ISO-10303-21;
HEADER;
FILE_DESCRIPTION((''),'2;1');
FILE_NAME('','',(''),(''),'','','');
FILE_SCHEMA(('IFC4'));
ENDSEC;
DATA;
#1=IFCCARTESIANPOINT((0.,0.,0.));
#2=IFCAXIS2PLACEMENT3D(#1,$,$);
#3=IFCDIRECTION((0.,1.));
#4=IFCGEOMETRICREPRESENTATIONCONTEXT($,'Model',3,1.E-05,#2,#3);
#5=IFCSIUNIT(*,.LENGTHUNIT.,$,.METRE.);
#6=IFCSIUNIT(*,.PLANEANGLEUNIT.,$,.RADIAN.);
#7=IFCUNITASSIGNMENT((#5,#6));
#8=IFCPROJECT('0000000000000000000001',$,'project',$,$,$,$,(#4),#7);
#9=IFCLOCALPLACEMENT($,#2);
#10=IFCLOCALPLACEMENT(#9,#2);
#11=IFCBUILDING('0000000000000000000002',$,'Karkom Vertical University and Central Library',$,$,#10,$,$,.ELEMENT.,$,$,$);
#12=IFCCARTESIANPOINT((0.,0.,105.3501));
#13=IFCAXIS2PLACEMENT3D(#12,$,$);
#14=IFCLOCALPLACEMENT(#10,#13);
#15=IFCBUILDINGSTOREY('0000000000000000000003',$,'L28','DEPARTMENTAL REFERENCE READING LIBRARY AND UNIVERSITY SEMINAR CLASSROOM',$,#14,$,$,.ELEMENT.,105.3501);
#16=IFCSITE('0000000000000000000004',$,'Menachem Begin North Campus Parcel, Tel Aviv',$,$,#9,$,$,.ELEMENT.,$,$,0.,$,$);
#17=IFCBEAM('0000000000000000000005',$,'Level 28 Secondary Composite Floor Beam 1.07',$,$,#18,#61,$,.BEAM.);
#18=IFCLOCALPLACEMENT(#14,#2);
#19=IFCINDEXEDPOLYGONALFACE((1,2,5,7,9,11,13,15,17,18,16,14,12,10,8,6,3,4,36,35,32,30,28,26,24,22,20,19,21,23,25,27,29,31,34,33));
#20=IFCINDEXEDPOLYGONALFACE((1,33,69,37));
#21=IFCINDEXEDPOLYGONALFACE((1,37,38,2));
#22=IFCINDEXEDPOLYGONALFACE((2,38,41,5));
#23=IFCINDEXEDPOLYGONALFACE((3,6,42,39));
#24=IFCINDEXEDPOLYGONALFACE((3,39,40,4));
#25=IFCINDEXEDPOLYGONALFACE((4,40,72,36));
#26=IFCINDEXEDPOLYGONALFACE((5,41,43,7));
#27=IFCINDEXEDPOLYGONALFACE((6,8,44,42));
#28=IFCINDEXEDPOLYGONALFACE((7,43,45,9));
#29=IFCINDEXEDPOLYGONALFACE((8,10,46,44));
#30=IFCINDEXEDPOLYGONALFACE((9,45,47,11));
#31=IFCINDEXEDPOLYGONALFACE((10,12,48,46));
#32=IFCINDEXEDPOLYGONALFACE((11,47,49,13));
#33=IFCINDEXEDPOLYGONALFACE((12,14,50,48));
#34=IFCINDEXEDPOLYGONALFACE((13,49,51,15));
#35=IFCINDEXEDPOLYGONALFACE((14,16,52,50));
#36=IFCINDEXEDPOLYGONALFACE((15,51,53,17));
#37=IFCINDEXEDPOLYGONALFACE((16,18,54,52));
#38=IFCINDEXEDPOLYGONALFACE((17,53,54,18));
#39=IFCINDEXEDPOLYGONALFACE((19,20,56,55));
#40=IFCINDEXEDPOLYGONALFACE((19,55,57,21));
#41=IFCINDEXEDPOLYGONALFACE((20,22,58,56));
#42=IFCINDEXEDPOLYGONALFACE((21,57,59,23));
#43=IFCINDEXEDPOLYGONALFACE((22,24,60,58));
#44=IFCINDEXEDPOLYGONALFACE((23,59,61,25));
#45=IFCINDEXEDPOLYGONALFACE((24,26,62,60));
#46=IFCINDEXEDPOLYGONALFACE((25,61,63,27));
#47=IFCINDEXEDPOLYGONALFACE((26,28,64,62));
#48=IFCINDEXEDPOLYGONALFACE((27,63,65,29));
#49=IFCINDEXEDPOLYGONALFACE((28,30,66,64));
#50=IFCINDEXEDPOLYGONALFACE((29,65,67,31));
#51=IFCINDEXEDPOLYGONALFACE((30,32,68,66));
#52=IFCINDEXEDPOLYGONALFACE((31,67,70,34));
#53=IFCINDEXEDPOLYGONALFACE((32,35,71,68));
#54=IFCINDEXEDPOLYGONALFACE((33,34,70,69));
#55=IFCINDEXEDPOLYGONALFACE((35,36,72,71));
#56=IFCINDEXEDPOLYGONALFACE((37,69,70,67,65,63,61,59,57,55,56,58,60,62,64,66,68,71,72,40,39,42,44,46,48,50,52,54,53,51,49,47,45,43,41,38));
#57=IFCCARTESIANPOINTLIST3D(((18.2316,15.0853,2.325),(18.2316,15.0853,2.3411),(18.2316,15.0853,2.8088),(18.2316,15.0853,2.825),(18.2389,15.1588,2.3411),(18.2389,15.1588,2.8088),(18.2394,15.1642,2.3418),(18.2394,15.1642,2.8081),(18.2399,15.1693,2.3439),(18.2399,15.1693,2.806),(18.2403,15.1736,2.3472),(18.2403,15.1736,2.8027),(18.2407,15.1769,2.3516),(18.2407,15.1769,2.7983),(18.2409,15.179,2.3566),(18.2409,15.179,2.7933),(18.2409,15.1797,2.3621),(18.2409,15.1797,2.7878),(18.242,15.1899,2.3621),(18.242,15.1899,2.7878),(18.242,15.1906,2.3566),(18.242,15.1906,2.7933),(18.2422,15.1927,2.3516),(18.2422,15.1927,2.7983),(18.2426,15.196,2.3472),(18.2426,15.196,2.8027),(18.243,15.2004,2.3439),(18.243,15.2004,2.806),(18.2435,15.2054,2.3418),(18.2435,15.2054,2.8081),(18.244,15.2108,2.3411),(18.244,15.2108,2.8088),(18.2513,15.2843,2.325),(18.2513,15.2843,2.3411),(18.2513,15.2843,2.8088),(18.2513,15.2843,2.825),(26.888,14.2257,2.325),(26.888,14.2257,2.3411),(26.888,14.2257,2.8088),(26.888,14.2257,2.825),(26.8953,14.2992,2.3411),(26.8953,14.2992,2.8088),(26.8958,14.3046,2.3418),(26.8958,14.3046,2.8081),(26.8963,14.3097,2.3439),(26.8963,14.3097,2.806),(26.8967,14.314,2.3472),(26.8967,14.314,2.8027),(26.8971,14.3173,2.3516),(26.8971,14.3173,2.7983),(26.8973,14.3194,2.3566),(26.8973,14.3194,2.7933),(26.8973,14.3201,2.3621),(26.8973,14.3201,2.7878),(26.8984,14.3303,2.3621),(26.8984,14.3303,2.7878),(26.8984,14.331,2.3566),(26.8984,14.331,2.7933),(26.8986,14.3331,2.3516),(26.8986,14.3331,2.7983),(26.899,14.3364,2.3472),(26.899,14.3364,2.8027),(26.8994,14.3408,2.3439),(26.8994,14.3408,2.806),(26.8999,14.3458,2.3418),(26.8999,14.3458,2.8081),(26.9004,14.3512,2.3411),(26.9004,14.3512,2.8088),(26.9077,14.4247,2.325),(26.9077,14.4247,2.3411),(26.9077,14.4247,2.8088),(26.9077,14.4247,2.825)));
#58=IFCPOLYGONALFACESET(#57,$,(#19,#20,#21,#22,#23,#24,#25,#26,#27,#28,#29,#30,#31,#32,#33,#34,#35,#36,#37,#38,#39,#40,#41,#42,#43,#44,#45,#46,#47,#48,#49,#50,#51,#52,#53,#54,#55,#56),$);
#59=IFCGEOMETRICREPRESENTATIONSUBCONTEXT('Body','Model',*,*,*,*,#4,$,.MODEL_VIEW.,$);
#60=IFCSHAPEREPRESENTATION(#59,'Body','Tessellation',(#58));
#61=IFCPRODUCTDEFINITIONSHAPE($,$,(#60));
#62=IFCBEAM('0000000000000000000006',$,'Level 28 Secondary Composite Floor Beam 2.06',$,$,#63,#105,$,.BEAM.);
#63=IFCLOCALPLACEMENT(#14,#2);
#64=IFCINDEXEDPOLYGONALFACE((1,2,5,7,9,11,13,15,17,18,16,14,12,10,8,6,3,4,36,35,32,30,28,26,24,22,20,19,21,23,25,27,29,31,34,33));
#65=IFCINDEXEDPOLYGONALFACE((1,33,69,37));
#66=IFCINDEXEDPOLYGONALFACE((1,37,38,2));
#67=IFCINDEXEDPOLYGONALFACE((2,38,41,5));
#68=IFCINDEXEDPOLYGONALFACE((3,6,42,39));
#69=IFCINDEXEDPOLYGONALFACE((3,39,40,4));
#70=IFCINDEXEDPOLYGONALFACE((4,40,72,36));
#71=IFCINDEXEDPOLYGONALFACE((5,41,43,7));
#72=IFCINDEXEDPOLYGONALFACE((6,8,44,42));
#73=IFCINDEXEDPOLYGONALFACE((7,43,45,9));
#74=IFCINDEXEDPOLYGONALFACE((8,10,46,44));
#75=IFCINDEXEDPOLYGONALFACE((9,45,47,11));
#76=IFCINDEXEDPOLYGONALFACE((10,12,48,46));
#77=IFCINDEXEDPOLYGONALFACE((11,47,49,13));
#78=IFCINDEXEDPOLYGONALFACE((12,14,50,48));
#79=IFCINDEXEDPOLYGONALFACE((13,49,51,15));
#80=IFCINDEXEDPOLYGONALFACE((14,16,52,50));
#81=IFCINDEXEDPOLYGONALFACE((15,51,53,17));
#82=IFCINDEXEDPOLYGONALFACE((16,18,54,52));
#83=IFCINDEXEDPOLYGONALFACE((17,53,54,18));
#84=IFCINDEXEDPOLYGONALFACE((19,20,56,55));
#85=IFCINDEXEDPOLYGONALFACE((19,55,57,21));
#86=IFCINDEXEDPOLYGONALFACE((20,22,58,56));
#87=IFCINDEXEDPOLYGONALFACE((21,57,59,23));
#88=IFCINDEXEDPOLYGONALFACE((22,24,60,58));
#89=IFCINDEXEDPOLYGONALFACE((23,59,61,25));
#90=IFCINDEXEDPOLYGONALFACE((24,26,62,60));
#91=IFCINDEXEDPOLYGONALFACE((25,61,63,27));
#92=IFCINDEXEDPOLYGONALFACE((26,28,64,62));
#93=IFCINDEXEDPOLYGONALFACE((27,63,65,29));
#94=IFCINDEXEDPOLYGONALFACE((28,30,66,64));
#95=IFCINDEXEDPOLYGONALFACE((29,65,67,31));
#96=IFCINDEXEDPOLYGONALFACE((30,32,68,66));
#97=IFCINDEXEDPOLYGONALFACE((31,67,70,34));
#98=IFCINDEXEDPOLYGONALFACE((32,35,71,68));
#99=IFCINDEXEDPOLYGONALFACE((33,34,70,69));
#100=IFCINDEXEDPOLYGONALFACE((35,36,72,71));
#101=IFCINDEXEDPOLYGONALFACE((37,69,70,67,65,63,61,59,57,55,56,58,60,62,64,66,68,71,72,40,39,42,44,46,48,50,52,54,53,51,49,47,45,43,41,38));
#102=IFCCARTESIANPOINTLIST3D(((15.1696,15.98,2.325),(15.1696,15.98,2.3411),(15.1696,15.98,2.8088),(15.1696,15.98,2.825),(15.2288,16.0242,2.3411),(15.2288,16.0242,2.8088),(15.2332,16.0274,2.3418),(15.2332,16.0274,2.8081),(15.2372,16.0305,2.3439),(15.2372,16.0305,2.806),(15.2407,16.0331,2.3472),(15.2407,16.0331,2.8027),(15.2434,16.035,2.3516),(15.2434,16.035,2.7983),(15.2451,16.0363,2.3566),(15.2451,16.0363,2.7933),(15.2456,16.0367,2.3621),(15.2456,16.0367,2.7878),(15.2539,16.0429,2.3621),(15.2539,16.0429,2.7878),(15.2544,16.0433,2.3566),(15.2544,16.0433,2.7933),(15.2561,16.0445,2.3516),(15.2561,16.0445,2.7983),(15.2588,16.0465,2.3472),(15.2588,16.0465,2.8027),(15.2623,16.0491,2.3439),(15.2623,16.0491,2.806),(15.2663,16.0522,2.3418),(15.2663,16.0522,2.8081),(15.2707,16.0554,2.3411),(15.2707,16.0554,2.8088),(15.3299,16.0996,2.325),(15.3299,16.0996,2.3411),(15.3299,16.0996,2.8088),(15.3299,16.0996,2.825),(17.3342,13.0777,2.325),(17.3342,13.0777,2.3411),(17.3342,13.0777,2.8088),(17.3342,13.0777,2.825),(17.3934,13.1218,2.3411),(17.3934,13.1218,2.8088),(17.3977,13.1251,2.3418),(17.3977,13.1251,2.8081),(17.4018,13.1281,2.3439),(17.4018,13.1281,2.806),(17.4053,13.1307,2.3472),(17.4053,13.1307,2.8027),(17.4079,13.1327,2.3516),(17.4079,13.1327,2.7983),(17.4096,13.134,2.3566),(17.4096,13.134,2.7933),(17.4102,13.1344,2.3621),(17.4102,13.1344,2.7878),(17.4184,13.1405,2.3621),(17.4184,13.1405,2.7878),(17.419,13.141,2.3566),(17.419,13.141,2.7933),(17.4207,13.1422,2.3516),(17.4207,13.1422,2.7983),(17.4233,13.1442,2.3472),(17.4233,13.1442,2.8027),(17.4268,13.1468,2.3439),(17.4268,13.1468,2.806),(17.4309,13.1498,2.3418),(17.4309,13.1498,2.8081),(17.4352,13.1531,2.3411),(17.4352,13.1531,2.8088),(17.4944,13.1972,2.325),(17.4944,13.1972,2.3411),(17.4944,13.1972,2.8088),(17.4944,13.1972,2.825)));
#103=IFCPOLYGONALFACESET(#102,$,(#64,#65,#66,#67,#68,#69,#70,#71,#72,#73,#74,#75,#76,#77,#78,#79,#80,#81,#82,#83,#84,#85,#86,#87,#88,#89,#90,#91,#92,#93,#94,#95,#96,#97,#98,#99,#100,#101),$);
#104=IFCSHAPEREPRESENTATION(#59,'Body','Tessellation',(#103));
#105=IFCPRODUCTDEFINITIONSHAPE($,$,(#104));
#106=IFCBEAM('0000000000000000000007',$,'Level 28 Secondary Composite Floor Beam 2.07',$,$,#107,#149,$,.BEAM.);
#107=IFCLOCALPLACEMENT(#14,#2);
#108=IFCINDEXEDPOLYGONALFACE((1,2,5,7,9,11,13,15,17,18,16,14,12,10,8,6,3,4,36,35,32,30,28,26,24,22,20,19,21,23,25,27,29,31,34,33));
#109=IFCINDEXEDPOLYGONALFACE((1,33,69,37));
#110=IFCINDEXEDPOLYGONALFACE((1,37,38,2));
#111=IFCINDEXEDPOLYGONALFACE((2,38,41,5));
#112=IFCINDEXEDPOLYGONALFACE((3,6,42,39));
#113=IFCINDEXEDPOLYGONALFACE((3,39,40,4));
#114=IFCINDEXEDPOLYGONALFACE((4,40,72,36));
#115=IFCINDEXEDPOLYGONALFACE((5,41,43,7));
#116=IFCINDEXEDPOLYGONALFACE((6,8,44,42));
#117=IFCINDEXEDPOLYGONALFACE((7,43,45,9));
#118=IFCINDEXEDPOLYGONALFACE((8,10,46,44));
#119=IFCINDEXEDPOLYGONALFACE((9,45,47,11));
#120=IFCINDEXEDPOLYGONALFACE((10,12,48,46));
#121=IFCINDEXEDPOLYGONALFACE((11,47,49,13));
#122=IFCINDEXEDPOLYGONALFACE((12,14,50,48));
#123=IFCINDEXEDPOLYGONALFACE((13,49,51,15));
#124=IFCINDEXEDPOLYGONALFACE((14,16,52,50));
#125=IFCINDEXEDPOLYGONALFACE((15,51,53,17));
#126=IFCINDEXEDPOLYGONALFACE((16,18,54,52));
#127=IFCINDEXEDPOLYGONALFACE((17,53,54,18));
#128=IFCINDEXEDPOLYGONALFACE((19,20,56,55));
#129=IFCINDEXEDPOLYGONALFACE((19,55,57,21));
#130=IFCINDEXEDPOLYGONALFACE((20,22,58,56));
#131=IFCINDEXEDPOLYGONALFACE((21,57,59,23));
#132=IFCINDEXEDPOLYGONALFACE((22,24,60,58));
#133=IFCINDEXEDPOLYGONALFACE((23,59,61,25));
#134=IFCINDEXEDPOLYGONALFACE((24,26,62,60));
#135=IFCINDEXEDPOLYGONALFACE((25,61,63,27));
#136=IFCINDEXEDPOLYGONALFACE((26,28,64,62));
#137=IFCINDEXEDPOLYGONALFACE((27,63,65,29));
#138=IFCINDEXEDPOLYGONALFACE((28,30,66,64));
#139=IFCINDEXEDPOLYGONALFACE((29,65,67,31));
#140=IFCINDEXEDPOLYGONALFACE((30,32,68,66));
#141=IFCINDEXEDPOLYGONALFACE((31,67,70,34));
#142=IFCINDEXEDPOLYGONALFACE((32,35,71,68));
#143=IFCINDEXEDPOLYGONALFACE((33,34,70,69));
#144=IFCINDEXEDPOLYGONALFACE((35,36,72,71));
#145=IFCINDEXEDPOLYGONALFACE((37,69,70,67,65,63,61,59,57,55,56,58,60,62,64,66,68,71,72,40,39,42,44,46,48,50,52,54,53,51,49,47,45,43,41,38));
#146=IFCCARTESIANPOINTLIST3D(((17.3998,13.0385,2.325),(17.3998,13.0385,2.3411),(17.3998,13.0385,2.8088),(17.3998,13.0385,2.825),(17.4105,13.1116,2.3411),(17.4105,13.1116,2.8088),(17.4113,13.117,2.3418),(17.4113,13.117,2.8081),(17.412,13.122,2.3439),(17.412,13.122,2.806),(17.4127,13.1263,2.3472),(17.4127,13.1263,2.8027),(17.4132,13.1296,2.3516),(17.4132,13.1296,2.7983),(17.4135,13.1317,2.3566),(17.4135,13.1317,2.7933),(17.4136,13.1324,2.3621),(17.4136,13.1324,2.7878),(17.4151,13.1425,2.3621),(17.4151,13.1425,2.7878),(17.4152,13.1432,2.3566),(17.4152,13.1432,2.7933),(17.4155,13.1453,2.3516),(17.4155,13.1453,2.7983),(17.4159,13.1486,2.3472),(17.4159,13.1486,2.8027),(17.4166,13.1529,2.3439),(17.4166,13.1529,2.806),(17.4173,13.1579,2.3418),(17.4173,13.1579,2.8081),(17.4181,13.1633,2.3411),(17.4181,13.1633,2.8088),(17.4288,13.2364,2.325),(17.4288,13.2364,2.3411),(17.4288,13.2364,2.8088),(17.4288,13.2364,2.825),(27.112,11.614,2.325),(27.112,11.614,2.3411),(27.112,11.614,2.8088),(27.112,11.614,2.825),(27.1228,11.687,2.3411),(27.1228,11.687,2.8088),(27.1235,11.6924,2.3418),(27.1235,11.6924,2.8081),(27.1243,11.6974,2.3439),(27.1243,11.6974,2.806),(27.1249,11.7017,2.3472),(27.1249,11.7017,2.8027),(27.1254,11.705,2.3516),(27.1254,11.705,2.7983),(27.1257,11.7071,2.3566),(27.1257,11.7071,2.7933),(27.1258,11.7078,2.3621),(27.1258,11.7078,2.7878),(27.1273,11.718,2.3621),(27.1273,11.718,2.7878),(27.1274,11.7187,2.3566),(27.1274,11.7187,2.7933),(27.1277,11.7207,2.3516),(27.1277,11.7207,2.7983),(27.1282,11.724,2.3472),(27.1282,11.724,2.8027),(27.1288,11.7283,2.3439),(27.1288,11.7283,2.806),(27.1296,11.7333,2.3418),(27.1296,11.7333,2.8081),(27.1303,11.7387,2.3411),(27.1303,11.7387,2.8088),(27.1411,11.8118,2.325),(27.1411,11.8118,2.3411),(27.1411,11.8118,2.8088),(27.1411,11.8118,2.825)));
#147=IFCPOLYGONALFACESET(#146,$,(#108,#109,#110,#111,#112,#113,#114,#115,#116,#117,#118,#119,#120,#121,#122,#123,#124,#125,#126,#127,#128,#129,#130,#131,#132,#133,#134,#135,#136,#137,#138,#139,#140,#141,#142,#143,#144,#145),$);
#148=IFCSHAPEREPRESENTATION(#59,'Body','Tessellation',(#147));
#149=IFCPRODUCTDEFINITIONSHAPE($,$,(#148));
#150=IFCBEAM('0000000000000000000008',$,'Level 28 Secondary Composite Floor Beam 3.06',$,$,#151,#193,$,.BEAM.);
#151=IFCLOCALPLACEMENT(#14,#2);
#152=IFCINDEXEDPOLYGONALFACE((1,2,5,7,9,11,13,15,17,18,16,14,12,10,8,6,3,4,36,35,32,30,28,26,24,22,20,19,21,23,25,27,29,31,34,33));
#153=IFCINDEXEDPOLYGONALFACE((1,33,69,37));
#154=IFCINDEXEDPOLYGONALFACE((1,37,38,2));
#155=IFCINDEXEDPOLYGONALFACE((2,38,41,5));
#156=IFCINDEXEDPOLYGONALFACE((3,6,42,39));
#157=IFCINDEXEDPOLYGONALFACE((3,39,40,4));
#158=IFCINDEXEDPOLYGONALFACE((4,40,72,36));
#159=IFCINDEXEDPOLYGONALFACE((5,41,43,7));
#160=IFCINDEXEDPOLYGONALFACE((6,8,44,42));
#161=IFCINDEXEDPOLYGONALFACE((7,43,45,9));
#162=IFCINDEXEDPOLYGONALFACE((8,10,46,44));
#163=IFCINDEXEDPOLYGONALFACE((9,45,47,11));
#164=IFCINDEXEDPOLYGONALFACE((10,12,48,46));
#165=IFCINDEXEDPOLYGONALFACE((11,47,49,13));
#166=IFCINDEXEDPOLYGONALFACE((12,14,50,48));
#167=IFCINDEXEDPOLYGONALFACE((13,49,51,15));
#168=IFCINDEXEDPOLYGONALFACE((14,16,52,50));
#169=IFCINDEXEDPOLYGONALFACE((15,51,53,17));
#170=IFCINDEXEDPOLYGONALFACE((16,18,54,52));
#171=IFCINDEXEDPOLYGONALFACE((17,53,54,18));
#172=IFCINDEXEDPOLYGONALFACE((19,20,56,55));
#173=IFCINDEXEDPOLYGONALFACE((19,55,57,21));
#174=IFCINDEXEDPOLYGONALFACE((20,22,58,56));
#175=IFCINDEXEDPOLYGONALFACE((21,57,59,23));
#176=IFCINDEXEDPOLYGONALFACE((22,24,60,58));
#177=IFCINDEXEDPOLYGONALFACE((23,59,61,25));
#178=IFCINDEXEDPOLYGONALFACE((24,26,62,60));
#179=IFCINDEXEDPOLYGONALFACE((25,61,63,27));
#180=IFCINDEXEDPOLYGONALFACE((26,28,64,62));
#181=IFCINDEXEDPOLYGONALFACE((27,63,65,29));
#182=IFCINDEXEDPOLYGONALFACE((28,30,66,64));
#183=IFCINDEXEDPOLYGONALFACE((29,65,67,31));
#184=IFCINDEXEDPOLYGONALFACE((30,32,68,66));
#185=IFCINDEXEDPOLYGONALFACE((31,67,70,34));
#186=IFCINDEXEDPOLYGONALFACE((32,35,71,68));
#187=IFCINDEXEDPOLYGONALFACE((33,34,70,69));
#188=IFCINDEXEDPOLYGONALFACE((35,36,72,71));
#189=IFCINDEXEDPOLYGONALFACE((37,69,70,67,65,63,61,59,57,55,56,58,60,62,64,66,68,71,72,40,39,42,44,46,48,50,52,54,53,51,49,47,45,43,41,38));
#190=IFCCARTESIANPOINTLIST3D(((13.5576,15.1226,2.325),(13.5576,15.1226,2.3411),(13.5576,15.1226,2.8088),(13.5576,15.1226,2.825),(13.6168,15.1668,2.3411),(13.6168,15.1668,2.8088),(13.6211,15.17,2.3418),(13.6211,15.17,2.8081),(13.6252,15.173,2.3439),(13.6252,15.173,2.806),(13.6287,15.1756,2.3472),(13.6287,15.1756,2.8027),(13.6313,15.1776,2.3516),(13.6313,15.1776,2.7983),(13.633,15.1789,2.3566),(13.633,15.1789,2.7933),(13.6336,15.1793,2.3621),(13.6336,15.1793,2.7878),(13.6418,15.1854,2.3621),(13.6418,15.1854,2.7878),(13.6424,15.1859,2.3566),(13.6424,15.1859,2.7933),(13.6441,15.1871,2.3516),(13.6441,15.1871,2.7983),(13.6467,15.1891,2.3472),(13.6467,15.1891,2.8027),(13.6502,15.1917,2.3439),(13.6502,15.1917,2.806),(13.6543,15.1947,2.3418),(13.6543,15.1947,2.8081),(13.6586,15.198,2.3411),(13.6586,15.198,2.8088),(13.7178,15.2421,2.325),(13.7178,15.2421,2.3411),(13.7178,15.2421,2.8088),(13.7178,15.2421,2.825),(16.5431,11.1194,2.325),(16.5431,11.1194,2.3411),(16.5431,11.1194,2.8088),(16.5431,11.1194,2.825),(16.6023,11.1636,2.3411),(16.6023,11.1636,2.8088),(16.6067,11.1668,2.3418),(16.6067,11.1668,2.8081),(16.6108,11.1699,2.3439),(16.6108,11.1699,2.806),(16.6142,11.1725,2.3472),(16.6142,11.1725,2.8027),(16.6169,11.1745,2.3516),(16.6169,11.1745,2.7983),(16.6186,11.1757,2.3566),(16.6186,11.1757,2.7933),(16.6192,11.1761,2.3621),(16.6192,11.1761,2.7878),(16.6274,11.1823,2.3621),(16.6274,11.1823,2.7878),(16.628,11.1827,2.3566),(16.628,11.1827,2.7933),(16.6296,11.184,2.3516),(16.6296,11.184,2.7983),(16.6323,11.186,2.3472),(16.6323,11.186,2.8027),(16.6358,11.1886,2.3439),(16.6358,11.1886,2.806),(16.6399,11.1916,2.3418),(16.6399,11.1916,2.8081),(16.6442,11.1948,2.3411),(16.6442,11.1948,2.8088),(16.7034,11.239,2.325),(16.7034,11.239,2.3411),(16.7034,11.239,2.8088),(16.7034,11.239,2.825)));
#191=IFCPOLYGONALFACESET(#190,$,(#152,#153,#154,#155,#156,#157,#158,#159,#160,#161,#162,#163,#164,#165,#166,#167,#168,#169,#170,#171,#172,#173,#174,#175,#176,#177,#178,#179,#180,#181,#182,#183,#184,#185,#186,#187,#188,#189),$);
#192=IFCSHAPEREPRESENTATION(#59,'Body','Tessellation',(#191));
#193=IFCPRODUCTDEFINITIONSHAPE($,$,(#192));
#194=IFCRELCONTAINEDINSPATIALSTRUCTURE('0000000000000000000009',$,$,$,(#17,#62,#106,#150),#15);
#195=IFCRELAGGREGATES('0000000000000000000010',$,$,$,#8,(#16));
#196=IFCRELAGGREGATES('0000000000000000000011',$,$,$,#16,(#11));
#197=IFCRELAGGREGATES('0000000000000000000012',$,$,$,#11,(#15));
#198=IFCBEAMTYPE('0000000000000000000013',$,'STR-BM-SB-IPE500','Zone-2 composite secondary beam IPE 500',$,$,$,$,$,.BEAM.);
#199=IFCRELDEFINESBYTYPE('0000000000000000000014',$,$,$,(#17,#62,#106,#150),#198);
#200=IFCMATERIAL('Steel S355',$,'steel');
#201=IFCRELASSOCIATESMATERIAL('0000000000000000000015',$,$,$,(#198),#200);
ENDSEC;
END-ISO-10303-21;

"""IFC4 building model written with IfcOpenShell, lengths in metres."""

from ifc_helpers import new_model, si_unit, direction, frame, origin, origin_with_axes, origin_2d, place, context, subcontext, project, spatial, i_section, extrude, source, transform, mapped, material, material_profile, profile_set, type_object, element, save


model = new_model("IFC4")

# Units and contexts
model_context = context("Model", 3, precision=1e-05, world=origin(), true_north=direction((0.0, 1.0)))
body_context = subcontext(model_context, "Body", "Model", "MODEL_VIEW")
ifc_project = project(units=[si_unit("LENGTHUNIT", "METRE"), si_unit("PLANEANGLEUNIT", "RADIAN")], contexts=[model_context])

# Site, building, storey
site_placement = place(None, origin())
site = spatial("IfcSite", under=ifc_project, at=site_placement, Name="Menachem Begin North Campus Parcel, Tel Aviv", CompositionType="ELEMENT", RefElevation=0.0)
building_placement = place(site_placement, origin())
building = spatial("IfcBuilding", under=site, at=building_placement, Name="Karkom Vertical University and Central Library", CompositionType="ELEMENT")
storey_placement = place(building_placement, frame((0.0, 0.0, 105.3501)))
storey = spatial("IfcBuildingStorey", under=building, at=storey_placement, Name="L28", Description="DEPARTMENTAL REFERENCE READING LIBRARY AND UNIVERSITY SEMINAR CLASSROOM", CompositionType="ELEMENT", Elevation=105.3501)

# Beams
ifc_material_1 = material(Name="Steel S355", Category="steel")
ifc_material_profile_1 = material_profile(ifc_material_1, i_section(OverallWidth=0.2, OverallDepth=0.5, WebThickness=0.0103, FlangeThickness=0.0161, FilletRadius=0.021, at=origin_2d()), Name="IPE 500")
ifc_profile_set_1 = profile_set([ifc_material_profile_1], Name="Steel S355")
beam_type_1 = type_object("IfcBeamType", Name="STR-BM-SB-IPE500", Description="Zone-2 composite secondary beam IPE 500", PredefinedType="BEAM", material=ifc_profile_set_1)
shared_shape_1 = source(origin_with_axes(), body_context, "Body", "SweptSolid", [
    extrude(i_section(OverallWidth=0.2, OverallDepth=0.5, WebThickness=0.0103, FlangeThickness=0.0161, FilletRadius=0.021, at=origin_2d()), origin(), (0.0, 0.0, 1.0), 8.699),
])
beam_1_placement = place(storey_placement, frame((18.2415, 15.1848, 2.575), z_axis=(0.995106, -0.098817, 0.0), x_axis=(0.098817, 0.995106, 0.0)))
element("IfcBeam", 1, at=beam_1_placement, inside=storey, type_object=beam_type_1, Name="Level 28 Secondary Composite Floor Beam 1.07", PredefinedType="BEAM", context=body_context, shape_type="MappedRepresentation", body=[
    mapped(shared_shape_1, transform((0.0, 0.0, 0.0), scale=1.0)),
])
shared_shape_2 = source(origin_with_axes(), body_context, "Body", "SweptSolid", [
    extrude(i_section(OverallWidth=0.2, OverallDepth=0.5, WebThickness=0.0103, FlangeThickness=0.0161, FilletRadius=0.021, at=origin_2d()), origin(), (0.0, 0.0, 1.0), 3.6206),
])
beam_2_placement = place(storey_placement, frame((15.2498, 16.0398, 2.575), z_axis=(0.59784, -0.801615, 0.0), x_axis=(0.801615, 0.59784, 0.0)))
element("IfcBeam", 2, at=beam_2_placement, inside=storey, type_object=beam_type_1, Name="Level 28 Secondary Composite Floor Beam 2.06", PredefinedType="BEAM", context=body_context, shape_type="MappedRepresentation", body=[
    mapped(shared_shape_2, transform((0.0, 0.0, 0.0), scale=1.0)),
])
shared_shape_3 = source(origin_with_axes(), body_context, "Body", "SweptSolid", [
    extrude(i_section(OverallWidth=0.2, OverallDepth=0.5, WebThickness=0.0103, FlangeThickness=0.0161, FilletRadius=0.021, at=origin_2d()), origin(), (0.0, 0.0, 1.0), 9.8162),
])
beam_3_placement = place(storey_placement, frame((17.4143, 13.1375, 2.575), z_axis=(0.989413, -0.145125, 0.0), x_axis=(0.145125, 0.989413, 0.0)))
element("IfcBeam", 3, at=beam_3_placement, inside=storey, type_object=beam_type_1, Name="Level 28 Secondary Composite Floor Beam 2.07", PredefinedType="BEAM", context=body_context, shape_type="MappedRepresentation", body=[
    mapped(shared_shape_3, transform((0.0, 0.0, 0.0), scale=1.0)),
])
shared_shape_4 = source(origin_with_axes(), body_context, "Body", "SweptSolid", [
    extrude(i_section(OverallWidth=0.2, OverallDepth=0.5, WebThickness=0.0103, FlangeThickness=0.0161, FilletRadius=0.021, at=origin_2d()), origin(), (0.0, 0.0, 1.0), 4.9939),
])
beam_4_placement = place(storey_placement, frame((13.6377, 15.1824, 2.575), z_axis=(0.597847, -0.80161, 0.0), x_axis=(0.80161, 0.597847, 0.0)))
element("IfcBeam", 4, at=beam_4_placement, inside=storey, type_object=beam_type_1, Name="Level 28 Secondary Composite Floor Beam 3.06", PredefinedType="BEAM", context=body_context, shape_type="MappedRepresentation", body=[
    mapped(shared_shape_4, transform((0.0, 0.0, 0.0), scale=1.0)),
])

save(model, "model.ifc")
